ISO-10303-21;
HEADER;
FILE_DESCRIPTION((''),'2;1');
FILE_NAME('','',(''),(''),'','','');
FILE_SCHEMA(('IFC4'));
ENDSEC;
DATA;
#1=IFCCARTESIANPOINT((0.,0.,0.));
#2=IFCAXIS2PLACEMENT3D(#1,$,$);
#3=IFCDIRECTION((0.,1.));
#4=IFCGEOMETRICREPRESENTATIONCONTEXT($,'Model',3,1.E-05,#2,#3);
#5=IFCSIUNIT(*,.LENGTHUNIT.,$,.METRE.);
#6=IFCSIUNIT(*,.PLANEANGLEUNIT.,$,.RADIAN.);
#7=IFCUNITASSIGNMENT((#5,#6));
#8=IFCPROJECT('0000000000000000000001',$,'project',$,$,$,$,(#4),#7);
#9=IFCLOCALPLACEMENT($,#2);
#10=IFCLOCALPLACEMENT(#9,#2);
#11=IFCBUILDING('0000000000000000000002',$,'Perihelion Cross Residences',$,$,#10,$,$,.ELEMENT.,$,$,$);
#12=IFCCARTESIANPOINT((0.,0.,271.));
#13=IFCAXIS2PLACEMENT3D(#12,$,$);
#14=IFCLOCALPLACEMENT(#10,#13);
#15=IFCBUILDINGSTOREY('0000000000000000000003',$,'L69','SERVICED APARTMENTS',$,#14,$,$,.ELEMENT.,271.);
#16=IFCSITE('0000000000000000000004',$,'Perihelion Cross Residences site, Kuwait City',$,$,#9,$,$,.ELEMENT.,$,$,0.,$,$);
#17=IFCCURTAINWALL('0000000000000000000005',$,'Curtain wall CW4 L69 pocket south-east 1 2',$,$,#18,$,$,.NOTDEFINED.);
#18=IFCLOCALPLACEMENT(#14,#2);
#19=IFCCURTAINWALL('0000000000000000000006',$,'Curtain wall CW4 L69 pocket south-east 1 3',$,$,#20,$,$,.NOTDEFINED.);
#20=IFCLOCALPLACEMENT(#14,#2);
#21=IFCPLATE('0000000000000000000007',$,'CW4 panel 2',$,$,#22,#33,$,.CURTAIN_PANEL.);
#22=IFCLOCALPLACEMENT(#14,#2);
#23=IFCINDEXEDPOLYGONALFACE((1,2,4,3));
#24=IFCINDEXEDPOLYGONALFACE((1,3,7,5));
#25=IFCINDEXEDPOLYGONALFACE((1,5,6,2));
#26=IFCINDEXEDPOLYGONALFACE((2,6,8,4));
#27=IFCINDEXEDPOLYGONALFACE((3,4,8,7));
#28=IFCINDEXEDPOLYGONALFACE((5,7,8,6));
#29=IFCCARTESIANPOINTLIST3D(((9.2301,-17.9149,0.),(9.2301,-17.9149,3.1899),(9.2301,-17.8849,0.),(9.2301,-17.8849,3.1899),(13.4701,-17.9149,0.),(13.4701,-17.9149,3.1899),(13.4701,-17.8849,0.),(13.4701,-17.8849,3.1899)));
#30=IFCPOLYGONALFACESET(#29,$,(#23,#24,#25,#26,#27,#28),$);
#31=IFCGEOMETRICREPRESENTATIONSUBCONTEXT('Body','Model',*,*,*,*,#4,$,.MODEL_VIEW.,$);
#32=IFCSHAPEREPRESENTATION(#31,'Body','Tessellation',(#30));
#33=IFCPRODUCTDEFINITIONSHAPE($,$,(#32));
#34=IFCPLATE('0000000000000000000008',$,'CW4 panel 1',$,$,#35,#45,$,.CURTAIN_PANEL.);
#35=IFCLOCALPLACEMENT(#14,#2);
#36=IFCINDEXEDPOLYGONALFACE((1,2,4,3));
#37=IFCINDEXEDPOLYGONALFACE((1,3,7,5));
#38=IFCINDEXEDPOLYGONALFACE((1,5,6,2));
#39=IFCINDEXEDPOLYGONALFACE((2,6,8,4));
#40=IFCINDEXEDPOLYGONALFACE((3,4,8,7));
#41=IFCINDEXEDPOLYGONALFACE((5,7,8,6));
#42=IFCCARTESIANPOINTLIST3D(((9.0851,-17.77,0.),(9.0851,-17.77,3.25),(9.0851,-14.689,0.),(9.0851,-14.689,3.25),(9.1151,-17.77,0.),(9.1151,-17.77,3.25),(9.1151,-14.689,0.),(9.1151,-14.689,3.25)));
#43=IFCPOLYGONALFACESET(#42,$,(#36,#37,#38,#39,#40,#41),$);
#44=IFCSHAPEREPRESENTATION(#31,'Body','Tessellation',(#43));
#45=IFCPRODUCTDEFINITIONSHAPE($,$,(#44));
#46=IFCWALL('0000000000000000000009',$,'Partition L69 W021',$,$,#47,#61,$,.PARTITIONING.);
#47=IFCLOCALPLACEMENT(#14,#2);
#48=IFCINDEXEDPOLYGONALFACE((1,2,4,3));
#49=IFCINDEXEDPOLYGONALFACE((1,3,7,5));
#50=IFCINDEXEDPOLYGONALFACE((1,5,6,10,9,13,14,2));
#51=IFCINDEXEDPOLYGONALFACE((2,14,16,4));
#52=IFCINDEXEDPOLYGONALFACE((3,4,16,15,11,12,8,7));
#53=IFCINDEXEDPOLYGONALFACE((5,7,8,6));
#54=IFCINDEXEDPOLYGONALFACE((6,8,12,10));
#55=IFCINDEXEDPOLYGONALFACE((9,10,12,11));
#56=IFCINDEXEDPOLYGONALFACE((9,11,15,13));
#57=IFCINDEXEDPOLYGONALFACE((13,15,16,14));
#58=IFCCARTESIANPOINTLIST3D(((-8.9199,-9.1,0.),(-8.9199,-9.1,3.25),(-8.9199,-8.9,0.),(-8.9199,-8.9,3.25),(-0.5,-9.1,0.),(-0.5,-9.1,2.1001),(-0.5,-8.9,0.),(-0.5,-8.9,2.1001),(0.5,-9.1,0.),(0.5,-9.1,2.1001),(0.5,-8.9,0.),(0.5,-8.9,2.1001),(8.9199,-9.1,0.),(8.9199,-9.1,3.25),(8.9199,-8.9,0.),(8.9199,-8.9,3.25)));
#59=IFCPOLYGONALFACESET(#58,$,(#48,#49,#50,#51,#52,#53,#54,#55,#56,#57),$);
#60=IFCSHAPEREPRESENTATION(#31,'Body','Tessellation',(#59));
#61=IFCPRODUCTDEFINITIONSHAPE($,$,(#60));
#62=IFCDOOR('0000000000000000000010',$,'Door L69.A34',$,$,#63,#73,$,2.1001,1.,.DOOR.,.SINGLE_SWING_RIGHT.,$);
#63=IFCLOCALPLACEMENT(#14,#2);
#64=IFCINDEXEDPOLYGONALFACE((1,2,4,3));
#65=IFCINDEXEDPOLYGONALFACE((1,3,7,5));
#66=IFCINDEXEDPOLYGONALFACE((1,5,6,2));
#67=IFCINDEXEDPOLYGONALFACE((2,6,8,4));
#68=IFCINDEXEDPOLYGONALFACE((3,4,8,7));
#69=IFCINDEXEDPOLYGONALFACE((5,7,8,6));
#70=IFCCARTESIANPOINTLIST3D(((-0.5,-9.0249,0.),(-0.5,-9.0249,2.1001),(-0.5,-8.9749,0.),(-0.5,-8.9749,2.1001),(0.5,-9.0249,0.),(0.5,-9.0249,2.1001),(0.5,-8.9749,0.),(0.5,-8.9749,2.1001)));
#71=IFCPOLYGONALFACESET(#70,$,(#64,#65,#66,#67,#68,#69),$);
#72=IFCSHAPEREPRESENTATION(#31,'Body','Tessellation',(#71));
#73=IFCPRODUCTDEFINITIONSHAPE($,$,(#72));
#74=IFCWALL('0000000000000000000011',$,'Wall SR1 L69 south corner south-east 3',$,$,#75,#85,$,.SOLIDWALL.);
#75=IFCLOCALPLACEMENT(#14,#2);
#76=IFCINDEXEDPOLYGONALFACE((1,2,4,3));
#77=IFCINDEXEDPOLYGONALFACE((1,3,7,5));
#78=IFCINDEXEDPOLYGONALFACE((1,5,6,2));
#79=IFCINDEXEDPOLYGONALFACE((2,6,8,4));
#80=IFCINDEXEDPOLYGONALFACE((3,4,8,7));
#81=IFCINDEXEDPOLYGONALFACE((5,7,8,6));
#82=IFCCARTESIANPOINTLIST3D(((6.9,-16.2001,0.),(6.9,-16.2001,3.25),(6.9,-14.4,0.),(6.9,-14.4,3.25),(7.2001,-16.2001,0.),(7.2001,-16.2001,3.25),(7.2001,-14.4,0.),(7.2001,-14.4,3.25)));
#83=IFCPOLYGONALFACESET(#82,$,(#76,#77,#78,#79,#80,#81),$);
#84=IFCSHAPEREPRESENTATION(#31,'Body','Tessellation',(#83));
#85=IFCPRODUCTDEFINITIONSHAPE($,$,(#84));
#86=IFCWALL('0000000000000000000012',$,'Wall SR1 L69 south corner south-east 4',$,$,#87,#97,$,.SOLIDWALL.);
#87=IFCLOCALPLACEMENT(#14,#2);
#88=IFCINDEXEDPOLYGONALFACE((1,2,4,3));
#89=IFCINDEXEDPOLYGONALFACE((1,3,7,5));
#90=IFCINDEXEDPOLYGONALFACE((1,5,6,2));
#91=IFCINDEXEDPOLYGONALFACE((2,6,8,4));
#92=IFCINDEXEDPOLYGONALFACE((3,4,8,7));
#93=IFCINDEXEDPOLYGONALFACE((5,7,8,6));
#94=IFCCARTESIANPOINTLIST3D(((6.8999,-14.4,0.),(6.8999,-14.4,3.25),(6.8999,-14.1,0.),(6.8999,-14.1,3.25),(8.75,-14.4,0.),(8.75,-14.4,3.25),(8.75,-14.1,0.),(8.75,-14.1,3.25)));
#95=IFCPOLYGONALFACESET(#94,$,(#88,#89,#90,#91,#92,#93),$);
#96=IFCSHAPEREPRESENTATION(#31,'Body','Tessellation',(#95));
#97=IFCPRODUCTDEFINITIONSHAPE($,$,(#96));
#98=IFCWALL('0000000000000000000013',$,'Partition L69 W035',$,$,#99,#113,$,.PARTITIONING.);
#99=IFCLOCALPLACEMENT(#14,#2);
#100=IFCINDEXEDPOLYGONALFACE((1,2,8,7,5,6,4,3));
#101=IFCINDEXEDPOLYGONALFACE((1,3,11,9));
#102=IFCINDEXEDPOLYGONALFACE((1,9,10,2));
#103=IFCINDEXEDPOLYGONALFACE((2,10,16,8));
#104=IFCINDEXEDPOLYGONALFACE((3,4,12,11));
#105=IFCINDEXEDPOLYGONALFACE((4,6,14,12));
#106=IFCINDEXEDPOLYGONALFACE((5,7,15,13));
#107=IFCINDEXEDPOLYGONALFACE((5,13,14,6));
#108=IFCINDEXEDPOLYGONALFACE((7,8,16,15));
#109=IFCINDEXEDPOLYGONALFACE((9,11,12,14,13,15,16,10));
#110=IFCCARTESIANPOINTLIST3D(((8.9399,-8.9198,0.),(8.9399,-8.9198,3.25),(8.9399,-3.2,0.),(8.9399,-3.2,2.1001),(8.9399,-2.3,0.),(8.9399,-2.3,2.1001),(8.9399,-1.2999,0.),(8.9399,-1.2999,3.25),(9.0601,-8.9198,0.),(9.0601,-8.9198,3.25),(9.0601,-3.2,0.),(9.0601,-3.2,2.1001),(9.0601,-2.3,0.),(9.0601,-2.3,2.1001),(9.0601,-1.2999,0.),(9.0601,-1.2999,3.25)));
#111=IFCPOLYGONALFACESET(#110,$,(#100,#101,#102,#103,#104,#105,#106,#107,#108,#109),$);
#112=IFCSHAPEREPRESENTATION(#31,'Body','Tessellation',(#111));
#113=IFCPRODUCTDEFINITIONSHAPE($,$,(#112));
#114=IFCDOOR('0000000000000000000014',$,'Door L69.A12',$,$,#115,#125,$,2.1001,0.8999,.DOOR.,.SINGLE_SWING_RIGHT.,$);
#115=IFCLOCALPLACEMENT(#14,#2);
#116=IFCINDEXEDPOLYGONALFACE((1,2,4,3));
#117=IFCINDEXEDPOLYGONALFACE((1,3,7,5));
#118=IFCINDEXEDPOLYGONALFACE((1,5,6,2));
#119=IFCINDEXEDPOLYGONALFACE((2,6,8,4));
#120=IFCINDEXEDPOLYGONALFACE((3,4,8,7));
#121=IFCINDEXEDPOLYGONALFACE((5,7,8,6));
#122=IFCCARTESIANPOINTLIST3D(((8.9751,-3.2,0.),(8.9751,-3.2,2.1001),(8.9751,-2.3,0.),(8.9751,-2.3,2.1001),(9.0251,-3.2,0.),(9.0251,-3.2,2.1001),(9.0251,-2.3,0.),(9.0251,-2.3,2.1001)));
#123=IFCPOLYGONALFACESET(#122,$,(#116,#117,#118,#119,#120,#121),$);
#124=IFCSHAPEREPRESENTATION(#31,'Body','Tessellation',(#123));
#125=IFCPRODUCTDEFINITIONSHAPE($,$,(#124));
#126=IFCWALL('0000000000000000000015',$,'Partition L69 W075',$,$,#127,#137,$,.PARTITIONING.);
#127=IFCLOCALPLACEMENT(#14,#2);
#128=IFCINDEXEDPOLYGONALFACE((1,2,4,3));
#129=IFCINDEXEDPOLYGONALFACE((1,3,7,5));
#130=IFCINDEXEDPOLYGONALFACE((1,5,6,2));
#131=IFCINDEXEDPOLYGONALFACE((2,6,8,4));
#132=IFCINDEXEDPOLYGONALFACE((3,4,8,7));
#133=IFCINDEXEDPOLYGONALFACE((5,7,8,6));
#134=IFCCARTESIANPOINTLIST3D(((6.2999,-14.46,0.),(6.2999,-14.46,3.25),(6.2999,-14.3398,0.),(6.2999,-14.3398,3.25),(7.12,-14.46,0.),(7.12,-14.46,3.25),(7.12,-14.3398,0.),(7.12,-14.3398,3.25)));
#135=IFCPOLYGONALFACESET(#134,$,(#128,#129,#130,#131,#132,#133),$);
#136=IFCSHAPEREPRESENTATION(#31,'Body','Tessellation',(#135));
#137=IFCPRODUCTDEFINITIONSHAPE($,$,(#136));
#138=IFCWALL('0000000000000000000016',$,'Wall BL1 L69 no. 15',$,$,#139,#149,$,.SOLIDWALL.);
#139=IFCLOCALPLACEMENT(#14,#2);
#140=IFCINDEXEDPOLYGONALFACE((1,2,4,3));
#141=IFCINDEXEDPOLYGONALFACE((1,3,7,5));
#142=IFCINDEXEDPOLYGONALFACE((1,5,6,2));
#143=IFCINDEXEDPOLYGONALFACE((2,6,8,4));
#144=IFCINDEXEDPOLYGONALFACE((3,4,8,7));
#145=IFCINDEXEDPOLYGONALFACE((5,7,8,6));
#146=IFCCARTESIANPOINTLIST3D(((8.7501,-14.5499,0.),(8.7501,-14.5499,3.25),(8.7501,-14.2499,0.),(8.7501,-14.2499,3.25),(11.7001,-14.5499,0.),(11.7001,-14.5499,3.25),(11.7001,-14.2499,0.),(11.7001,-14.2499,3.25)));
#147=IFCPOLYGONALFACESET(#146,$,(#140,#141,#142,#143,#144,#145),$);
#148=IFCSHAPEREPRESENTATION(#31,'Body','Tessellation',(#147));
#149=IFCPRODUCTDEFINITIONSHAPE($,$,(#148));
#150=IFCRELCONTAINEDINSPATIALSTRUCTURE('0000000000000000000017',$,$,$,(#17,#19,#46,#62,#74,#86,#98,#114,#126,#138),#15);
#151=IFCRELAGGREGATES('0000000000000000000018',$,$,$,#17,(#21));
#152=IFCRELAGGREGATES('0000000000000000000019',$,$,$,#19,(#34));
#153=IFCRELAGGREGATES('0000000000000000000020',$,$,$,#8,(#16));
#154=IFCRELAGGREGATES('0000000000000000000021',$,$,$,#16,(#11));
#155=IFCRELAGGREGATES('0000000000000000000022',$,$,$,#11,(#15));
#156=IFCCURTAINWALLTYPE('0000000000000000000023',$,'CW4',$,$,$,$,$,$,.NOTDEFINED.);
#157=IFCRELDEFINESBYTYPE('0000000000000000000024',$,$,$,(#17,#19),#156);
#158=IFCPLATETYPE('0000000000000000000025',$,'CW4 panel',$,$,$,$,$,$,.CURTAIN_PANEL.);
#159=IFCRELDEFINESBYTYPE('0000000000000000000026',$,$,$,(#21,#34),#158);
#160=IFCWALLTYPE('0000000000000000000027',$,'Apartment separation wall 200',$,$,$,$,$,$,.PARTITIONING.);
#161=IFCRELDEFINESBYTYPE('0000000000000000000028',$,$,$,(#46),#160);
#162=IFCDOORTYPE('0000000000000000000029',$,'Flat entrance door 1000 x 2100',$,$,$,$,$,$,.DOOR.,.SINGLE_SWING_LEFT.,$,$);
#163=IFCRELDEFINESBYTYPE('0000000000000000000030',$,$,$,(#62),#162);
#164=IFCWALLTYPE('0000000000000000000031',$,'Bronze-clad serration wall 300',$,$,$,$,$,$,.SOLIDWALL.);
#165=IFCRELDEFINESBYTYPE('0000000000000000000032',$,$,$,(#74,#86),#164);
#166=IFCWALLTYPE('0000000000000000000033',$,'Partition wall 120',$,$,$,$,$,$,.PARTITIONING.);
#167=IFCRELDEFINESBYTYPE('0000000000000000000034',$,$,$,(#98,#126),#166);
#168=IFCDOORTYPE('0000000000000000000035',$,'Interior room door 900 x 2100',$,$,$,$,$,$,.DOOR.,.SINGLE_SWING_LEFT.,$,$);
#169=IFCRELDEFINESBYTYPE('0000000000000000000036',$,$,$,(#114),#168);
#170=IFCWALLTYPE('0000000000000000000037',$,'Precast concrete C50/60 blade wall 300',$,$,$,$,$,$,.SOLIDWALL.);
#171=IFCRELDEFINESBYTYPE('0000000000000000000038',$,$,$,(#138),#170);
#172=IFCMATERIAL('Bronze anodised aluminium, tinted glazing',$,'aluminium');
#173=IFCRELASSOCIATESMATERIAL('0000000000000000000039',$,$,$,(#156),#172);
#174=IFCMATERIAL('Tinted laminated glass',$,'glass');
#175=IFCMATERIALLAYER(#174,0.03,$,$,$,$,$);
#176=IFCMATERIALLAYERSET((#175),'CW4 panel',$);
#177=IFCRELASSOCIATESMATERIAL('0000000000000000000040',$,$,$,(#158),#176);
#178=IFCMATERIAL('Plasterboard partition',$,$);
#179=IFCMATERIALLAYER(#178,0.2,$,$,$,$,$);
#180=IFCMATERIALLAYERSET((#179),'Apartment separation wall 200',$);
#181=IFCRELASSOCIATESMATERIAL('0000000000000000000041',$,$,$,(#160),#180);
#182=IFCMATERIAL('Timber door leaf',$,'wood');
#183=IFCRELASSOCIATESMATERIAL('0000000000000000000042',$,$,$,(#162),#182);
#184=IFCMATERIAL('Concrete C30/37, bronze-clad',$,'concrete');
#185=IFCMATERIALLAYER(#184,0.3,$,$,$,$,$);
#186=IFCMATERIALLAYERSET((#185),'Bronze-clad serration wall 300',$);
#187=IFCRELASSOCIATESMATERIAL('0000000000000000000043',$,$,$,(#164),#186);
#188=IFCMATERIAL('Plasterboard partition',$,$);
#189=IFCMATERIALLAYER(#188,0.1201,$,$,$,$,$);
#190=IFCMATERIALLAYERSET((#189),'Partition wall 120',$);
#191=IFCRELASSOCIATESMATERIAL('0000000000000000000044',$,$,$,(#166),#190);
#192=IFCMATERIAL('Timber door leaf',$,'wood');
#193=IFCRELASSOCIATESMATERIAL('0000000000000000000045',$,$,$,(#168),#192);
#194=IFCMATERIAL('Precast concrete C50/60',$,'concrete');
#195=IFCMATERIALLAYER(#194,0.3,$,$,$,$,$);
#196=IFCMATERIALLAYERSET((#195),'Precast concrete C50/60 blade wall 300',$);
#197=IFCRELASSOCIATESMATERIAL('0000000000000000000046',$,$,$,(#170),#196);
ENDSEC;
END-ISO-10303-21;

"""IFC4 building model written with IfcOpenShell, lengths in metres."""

from ifc_helpers import new_model, si_unit, direction, frame, frame_2d, origin, origin_2d, place, context, subcontext, project, spatial, rectangle, extrude, material, layer, layer_set, type_object, element, fill, aggregate, save


model = new_model("IFC4")

# Units and contexts
model_context = context("Model", 3, precision=1e-05, world=origin(), true_north=direction((0.0, 1.0)))
body_context = subcontext(model_context, "Body", "Model", "MODEL_VIEW")
ifc_project = project(units=[si_unit("LENGTHUNIT", "METRE"), si_unit("PLANEANGLEUNIT", "RADIAN")], contexts=[model_context])

# Site, building, storey
site_placement = place(None, origin())
site = spatial("IfcSite", under=ifc_project, at=site_placement, Name="Perihelion Cross Residences site, Kuwait City", CompositionType="ELEMENT", RefElevation=0.0)
building_placement = place(site_placement, origin())
building = spatial("IfcBuilding", under=site, at=building_placement, Name="Perihelion Cross Residences", CompositionType="ELEMENT")
storey_placement = place(building_placement, frame((0.0, 0.0, 271.0)))
storey = spatial("IfcBuildingStorey", under=building, at=storey_placement, Name="L69", Description="SERVICED APARTMENTS", CompositionType="ELEMENT", Elevation=271.0)

# Curtain wall
ifc_material_1 = material(Name="Bronze anodised aluminium, tinted glazing", Category="aluminium")
curtain_wall_type_1 = type_object("IfcCurtainWallType", Name="CW4", PredefinedType="NOTDEFINED", material=ifc_material_1)
curtain_wall_1_placement = place(storey_placement, origin())
curtain_wall_1 = element("IfcCurtainWall", 1, at=curtain_wall_1_placement, inside=storey, type_object=curtain_wall_type_1, Name="Curtain wall CW4 L69 pocket south-east 1 2", PredefinedType="NOTDEFINED")

# Curtain wall
curtain_wall_2_placement = place(storey_placement, origin())
curtain_wall_2 = element("IfcCurtainWall", 2, at=curtain_wall_2_placement, inside=storey, type_object=curtain_wall_type_1, Name="Curtain wall CW4 L69 pocket south-east 1 3", PredefinedType="NOTDEFINED")

# Plates
ifc_material_2 = material(Name="Tinted laminated glass", Category="glass")
ifc_layer_1 = layer(ifc_material_2, 0.03)
ifc_layer_set_1 = layer_set([ifc_layer_1], Name="CW4 panel")
plate_type_1 = type_object("IfcPlateType", Name="CW4 panel", PredefinedType="CURTAIN_PANEL", material=ifc_layer_set_1)
plate_1_placement = place(storey_placement, frame((11.3501, -17.8999, 0.0), z_axis=(0.0, 0.0, 1.0), x_axis=(-1.0, 0.0, 0.0)))
plate_1 = element("IfcPlate", 3, at=plate_1_placement, type_object=plate_type_1, Name="CW4 panel 2", PredefinedType="CURTAIN_PANEL", context=body_context, shape_type="SweptSolid", body=[
    extrude(rectangle(XDim=4.24, YDim=0.03, at=origin_2d()), origin(), (0.0, 0.0, 1.0), 3.1899),
])
aggregate(curtain_wall_1, [plate_1])
plate_2_placement = place(storey_placement, frame((9.1001, -16.2295, 0.0), z_axis=(0.0, 0.0, 1.0), x_axis=(0.0, 1.0, 0.0)))
plate_2 = element("IfcPlate", 4, at=plate_2_placement, type_object=plate_type_1, Name="CW4 panel 1", PredefinedType="CURTAIN_PANEL", context=body_context, shape_type="SweptSolid", body=[
    extrude(rectangle(XDim=3.0811, YDim=0.03, at=origin_2d()), origin(), (0.0, 0.0, 1.0), 3.25),
])
aggregate(curtain_wall_2, [plate_2])

# Wall, opening, door
ifc_material_3 = material(Name="Plasterboard partition")
ifc_layer_2 = layer(ifc_material_3, 0.2)
ifc_layer_set_2 = layer_set([ifc_layer_2], Name="Apartment separation wall 200")
wall_type_1 = type_object("IfcWallType", Name="Apartment separation wall 200", PredefinedType="PARTITIONING", material=ifc_layer_set_2)
wall_1_placement = place(storey_placement, frame((8.9199, -9.0, 0.0), z_axis=(0.0, 0.0, 1.0), x_axis=(-1.0, 0.0, 0.0)))
wall_1 = element("IfcWall", 5, at=wall_1_placement, inside=storey, type_object=wall_type_1, Name="Partition L69 W021", PredefinedType="PARTITIONING", context=body_context, shape_type="SweptSolid", body=[
    extrude(rectangle(XDim=17.8398, YDim=0.2, at=frame_2d((8.9199, 0.0))), origin(), (0.0, 0.0, 1.0), 3.25),
])
opening_1_placement = place(wall_1_placement, frame((8.4199, 0.0, 0.0)))
opening_1 = element("IfcOpeningElement", 6, at=opening_1_placement, cuts=wall_1, PredefinedType="OPENING", context=body_context, shape_type="SweptSolid", body=[
    extrude(rectangle(XDim=1.0, YDim=2.1001, at=frame_2d((0.5, 1.05))), frame((0.0, 0.1099, 0.0), z_axis=(0.0, -1.0, 0.0), x_axis=(1.0, 0.0, 0.0)), (0.0, 0.0, 1.0), 0.22),
])
ifc_material_4 = material(Name="Timber door leaf", Category="wood")
door_type_1 = type_object("IfcDoorType", Name="Flat entrance door 1000 x 2100", OperationType="SINGLE_SWING_LEFT", PredefinedType="DOOR", material=ifc_material_4)
door_1_placement = place(opening_1_placement, origin())
door_1 = element("IfcDoor", 7, at=door_1_placement, inside=storey, type_object=door_type_1, Name="Door L69.A34", OperationType="SINGLE_SWING_RIGHT", OverallHeight=2.1001, OverallWidth=1.0, PredefinedType="DOOR", context=body_context, shape_type="SweptSolid", body=[
    extrude(rectangle(XDim=1.0, YDim=2.1001, at=frame_2d((0.5, 1.05))), frame((0.0, 0.0249, 0.0), z_axis=(0.0, -1.0, 0.0), x_axis=(1.0, 0.0, 0.0)), (0.0, 0.0, 1.0), 0.05),
])
fill(opening_1, door_1)

# Walls
ifc_material_5 = material(Name="Concrete C30/37, bronze-clad", Category="concrete")
ifc_layer_3 = layer(ifc_material_5, 0.3)
ifc_layer_set_3 = layer_set([ifc_layer_3], Name="Bronze-clad serration wall 300")
wall_type_2 = type_object("IfcWallType", Name="Bronze-clad serration wall 300", PredefinedType="SOLIDWALL", material=ifc_layer_set_3)
wall_2_placement = place(storey_placement, frame((7.05, -16.2, 0.0), z_axis=(0.0, 0.0, 1.0), x_axis=(0.0, 1.0, 0.0)))
element("IfcWall", 8, at=wall_2_placement, inside=storey, type_object=wall_type_2, Name="Wall SR1 L69 south corner south-east 3", PredefinedType="SOLIDWALL", context=body_context, shape_type="SweptSolid", body=[
    extrude(rectangle(XDim=1.8, YDim=0.3, at=frame_2d((0.8999, 0.0))), origin(), (0.0, 0.0, 1.0), 3.25),
])
wall_3_placement = place(storey_placement, frame((6.8999, -14.25, 0.0), z_axis=(0.0, 0.0, 1.0), x_axis=(1.0, 0.0, 0.0)))
element("IfcWall", 9, at=wall_3_placement, inside=storey, type_object=wall_type_2, Name="Wall SR1 L69 south corner south-east 4", PredefinedType="SOLIDWALL", context=body_context, shape_type="SweptSolid", body=[
    extrude(rectangle(XDim=1.8501, YDim=0.3, at=frame_2d((0.925, 0.0))), origin(), (0.0, 0.0, 1.0), 3.25),
])

# Wall, opening, door
ifc_material_6 = material(Name="Plasterboard partition")
ifc_layer_4 = layer(ifc_material_6, 0.1201)
ifc_layer_set_4 = layer_set([ifc_layer_4], Name="Partition wall 120")
wall_type_3 = type_object("IfcWallType", Name="Partition wall 120", PredefinedType="PARTITIONING", material=ifc_layer_set_4)
wall_4_placement = place(storey_placement, frame((9.0, -8.9199, 0.0), z_axis=(0.0, 0.0, 1.0), x_axis=(0.0, 1.0, 0.0)))
wall_4 = element("IfcWall", 10, at=wall_4_placement, inside=storey, type_object=wall_type_3, Name="Partition L69 W035", PredefinedType="PARTITIONING", context=body_context, shape_type="SweptSolid", body=[
    extrude(rectangle(XDim=7.6199, YDim=0.1201, at=frame_2d((3.8101, 0.0))), origin(), (0.0, 0.0, 1.0), 3.25),
])
opening_2_placement = place(wall_4_placement, frame((5.72, 0.0, 0.0)))
opening_2 = element("IfcOpeningElement", 11, at=opening_2_placement, cuts=wall_4, PredefinedType="OPENING", context=body_context, shape_type="SweptSolid", body=[
    extrude(rectangle(XDim=0.8999, YDim=2.1001, at=frame_2d((0.45, 1.05))), frame((0.0, 0.0701, 0.0), z_axis=(0.0, -1.0, 0.0), x_axis=(1.0, 0.0, 0.0)), (0.0, 0.0, 1.0), 0.1401),
])
ifc_material_7 = material(Name="Timber door leaf", Category="wood")
door_type_2 = type_object("IfcDoorType", Name="Interior room door 900 x 2100", OperationType="SINGLE_SWING_LEFT", PredefinedType="DOOR", material=ifc_material_7)
door_2_placement = place(opening_2_placement, origin())
door_2 = element("IfcDoor", 12, at=door_2_placement, inside=storey, type_object=door_type_2, Name="Door L69.A12", OperationType="SINGLE_SWING_RIGHT", OverallHeight=2.1001, OverallWidth=0.8999, PredefinedType="DOOR", context=body_context, shape_type="SweptSolid", body=[
    extrude(rectangle(XDim=0.8999, YDim=2.1001, at=frame_2d((0.45, 1.05))), frame((0.0, 0.0249, 0.0), z_axis=(0.0, -1.0, 0.0), x_axis=(1.0, 0.0, 0.0)), (0.0, 0.0, 1.0), 0.05),
])
fill(opening_2, door_2)

# Walls
wall_5_placement = place(storey_placement, frame((7.1201, -14.3999, 0.0), z_axis=(0.0, 0.0, 1.0), x_axis=(-1.0, 0.0, 0.0)))
element("IfcWall", 13, at=wall_5_placement, inside=storey, type_object=wall_type_3, Name="Partition L69 W075", PredefinedType="PARTITIONING", context=body_context, shape_type="SweptSolid", body=[
    extrude(rectangle(XDim=0.8201, YDim=0.1201, at=frame_2d((0.4102, 0.0))), origin(), (0.0, 0.0, 1.0), 3.25),
])
ifc_material_8 = material(Name="Precast concrete C50/60", Category="concrete")
ifc_layer_5 = layer(ifc_material_8, 0.3)
ifc_layer_set_5 = layer_set([ifc_layer_5], Name="Precast concrete C50/60 blade wall 300")
wall_type_4 = type_object("IfcWallType", Name="Precast concrete C50/60 blade wall 300", PredefinedType="SOLIDWALL", material=ifc_layer_set_5)
wall_6_placement = place(storey_placement, frame((8.75, -14.3999, 0.0), z_axis=(0.0, 0.0, 1.0), x_axis=(1.0, 0.0, 0.0)))
element("IfcWall", 14, at=wall_6_placement, inside=storey, type_object=wall_type_4, Name="Wall BL1 L69 no. 15", PredefinedType="SOLIDWALL", context=body_context, shape_type="SweptSolid", body=[
    extrude(rectangle(XDim=2.95, YDim=0.3, at=frame_2d((1.4751, 0.0))), origin(), (0.0, 0.0, 1.0), 3.25),
])

save(model, "model.ifc")
